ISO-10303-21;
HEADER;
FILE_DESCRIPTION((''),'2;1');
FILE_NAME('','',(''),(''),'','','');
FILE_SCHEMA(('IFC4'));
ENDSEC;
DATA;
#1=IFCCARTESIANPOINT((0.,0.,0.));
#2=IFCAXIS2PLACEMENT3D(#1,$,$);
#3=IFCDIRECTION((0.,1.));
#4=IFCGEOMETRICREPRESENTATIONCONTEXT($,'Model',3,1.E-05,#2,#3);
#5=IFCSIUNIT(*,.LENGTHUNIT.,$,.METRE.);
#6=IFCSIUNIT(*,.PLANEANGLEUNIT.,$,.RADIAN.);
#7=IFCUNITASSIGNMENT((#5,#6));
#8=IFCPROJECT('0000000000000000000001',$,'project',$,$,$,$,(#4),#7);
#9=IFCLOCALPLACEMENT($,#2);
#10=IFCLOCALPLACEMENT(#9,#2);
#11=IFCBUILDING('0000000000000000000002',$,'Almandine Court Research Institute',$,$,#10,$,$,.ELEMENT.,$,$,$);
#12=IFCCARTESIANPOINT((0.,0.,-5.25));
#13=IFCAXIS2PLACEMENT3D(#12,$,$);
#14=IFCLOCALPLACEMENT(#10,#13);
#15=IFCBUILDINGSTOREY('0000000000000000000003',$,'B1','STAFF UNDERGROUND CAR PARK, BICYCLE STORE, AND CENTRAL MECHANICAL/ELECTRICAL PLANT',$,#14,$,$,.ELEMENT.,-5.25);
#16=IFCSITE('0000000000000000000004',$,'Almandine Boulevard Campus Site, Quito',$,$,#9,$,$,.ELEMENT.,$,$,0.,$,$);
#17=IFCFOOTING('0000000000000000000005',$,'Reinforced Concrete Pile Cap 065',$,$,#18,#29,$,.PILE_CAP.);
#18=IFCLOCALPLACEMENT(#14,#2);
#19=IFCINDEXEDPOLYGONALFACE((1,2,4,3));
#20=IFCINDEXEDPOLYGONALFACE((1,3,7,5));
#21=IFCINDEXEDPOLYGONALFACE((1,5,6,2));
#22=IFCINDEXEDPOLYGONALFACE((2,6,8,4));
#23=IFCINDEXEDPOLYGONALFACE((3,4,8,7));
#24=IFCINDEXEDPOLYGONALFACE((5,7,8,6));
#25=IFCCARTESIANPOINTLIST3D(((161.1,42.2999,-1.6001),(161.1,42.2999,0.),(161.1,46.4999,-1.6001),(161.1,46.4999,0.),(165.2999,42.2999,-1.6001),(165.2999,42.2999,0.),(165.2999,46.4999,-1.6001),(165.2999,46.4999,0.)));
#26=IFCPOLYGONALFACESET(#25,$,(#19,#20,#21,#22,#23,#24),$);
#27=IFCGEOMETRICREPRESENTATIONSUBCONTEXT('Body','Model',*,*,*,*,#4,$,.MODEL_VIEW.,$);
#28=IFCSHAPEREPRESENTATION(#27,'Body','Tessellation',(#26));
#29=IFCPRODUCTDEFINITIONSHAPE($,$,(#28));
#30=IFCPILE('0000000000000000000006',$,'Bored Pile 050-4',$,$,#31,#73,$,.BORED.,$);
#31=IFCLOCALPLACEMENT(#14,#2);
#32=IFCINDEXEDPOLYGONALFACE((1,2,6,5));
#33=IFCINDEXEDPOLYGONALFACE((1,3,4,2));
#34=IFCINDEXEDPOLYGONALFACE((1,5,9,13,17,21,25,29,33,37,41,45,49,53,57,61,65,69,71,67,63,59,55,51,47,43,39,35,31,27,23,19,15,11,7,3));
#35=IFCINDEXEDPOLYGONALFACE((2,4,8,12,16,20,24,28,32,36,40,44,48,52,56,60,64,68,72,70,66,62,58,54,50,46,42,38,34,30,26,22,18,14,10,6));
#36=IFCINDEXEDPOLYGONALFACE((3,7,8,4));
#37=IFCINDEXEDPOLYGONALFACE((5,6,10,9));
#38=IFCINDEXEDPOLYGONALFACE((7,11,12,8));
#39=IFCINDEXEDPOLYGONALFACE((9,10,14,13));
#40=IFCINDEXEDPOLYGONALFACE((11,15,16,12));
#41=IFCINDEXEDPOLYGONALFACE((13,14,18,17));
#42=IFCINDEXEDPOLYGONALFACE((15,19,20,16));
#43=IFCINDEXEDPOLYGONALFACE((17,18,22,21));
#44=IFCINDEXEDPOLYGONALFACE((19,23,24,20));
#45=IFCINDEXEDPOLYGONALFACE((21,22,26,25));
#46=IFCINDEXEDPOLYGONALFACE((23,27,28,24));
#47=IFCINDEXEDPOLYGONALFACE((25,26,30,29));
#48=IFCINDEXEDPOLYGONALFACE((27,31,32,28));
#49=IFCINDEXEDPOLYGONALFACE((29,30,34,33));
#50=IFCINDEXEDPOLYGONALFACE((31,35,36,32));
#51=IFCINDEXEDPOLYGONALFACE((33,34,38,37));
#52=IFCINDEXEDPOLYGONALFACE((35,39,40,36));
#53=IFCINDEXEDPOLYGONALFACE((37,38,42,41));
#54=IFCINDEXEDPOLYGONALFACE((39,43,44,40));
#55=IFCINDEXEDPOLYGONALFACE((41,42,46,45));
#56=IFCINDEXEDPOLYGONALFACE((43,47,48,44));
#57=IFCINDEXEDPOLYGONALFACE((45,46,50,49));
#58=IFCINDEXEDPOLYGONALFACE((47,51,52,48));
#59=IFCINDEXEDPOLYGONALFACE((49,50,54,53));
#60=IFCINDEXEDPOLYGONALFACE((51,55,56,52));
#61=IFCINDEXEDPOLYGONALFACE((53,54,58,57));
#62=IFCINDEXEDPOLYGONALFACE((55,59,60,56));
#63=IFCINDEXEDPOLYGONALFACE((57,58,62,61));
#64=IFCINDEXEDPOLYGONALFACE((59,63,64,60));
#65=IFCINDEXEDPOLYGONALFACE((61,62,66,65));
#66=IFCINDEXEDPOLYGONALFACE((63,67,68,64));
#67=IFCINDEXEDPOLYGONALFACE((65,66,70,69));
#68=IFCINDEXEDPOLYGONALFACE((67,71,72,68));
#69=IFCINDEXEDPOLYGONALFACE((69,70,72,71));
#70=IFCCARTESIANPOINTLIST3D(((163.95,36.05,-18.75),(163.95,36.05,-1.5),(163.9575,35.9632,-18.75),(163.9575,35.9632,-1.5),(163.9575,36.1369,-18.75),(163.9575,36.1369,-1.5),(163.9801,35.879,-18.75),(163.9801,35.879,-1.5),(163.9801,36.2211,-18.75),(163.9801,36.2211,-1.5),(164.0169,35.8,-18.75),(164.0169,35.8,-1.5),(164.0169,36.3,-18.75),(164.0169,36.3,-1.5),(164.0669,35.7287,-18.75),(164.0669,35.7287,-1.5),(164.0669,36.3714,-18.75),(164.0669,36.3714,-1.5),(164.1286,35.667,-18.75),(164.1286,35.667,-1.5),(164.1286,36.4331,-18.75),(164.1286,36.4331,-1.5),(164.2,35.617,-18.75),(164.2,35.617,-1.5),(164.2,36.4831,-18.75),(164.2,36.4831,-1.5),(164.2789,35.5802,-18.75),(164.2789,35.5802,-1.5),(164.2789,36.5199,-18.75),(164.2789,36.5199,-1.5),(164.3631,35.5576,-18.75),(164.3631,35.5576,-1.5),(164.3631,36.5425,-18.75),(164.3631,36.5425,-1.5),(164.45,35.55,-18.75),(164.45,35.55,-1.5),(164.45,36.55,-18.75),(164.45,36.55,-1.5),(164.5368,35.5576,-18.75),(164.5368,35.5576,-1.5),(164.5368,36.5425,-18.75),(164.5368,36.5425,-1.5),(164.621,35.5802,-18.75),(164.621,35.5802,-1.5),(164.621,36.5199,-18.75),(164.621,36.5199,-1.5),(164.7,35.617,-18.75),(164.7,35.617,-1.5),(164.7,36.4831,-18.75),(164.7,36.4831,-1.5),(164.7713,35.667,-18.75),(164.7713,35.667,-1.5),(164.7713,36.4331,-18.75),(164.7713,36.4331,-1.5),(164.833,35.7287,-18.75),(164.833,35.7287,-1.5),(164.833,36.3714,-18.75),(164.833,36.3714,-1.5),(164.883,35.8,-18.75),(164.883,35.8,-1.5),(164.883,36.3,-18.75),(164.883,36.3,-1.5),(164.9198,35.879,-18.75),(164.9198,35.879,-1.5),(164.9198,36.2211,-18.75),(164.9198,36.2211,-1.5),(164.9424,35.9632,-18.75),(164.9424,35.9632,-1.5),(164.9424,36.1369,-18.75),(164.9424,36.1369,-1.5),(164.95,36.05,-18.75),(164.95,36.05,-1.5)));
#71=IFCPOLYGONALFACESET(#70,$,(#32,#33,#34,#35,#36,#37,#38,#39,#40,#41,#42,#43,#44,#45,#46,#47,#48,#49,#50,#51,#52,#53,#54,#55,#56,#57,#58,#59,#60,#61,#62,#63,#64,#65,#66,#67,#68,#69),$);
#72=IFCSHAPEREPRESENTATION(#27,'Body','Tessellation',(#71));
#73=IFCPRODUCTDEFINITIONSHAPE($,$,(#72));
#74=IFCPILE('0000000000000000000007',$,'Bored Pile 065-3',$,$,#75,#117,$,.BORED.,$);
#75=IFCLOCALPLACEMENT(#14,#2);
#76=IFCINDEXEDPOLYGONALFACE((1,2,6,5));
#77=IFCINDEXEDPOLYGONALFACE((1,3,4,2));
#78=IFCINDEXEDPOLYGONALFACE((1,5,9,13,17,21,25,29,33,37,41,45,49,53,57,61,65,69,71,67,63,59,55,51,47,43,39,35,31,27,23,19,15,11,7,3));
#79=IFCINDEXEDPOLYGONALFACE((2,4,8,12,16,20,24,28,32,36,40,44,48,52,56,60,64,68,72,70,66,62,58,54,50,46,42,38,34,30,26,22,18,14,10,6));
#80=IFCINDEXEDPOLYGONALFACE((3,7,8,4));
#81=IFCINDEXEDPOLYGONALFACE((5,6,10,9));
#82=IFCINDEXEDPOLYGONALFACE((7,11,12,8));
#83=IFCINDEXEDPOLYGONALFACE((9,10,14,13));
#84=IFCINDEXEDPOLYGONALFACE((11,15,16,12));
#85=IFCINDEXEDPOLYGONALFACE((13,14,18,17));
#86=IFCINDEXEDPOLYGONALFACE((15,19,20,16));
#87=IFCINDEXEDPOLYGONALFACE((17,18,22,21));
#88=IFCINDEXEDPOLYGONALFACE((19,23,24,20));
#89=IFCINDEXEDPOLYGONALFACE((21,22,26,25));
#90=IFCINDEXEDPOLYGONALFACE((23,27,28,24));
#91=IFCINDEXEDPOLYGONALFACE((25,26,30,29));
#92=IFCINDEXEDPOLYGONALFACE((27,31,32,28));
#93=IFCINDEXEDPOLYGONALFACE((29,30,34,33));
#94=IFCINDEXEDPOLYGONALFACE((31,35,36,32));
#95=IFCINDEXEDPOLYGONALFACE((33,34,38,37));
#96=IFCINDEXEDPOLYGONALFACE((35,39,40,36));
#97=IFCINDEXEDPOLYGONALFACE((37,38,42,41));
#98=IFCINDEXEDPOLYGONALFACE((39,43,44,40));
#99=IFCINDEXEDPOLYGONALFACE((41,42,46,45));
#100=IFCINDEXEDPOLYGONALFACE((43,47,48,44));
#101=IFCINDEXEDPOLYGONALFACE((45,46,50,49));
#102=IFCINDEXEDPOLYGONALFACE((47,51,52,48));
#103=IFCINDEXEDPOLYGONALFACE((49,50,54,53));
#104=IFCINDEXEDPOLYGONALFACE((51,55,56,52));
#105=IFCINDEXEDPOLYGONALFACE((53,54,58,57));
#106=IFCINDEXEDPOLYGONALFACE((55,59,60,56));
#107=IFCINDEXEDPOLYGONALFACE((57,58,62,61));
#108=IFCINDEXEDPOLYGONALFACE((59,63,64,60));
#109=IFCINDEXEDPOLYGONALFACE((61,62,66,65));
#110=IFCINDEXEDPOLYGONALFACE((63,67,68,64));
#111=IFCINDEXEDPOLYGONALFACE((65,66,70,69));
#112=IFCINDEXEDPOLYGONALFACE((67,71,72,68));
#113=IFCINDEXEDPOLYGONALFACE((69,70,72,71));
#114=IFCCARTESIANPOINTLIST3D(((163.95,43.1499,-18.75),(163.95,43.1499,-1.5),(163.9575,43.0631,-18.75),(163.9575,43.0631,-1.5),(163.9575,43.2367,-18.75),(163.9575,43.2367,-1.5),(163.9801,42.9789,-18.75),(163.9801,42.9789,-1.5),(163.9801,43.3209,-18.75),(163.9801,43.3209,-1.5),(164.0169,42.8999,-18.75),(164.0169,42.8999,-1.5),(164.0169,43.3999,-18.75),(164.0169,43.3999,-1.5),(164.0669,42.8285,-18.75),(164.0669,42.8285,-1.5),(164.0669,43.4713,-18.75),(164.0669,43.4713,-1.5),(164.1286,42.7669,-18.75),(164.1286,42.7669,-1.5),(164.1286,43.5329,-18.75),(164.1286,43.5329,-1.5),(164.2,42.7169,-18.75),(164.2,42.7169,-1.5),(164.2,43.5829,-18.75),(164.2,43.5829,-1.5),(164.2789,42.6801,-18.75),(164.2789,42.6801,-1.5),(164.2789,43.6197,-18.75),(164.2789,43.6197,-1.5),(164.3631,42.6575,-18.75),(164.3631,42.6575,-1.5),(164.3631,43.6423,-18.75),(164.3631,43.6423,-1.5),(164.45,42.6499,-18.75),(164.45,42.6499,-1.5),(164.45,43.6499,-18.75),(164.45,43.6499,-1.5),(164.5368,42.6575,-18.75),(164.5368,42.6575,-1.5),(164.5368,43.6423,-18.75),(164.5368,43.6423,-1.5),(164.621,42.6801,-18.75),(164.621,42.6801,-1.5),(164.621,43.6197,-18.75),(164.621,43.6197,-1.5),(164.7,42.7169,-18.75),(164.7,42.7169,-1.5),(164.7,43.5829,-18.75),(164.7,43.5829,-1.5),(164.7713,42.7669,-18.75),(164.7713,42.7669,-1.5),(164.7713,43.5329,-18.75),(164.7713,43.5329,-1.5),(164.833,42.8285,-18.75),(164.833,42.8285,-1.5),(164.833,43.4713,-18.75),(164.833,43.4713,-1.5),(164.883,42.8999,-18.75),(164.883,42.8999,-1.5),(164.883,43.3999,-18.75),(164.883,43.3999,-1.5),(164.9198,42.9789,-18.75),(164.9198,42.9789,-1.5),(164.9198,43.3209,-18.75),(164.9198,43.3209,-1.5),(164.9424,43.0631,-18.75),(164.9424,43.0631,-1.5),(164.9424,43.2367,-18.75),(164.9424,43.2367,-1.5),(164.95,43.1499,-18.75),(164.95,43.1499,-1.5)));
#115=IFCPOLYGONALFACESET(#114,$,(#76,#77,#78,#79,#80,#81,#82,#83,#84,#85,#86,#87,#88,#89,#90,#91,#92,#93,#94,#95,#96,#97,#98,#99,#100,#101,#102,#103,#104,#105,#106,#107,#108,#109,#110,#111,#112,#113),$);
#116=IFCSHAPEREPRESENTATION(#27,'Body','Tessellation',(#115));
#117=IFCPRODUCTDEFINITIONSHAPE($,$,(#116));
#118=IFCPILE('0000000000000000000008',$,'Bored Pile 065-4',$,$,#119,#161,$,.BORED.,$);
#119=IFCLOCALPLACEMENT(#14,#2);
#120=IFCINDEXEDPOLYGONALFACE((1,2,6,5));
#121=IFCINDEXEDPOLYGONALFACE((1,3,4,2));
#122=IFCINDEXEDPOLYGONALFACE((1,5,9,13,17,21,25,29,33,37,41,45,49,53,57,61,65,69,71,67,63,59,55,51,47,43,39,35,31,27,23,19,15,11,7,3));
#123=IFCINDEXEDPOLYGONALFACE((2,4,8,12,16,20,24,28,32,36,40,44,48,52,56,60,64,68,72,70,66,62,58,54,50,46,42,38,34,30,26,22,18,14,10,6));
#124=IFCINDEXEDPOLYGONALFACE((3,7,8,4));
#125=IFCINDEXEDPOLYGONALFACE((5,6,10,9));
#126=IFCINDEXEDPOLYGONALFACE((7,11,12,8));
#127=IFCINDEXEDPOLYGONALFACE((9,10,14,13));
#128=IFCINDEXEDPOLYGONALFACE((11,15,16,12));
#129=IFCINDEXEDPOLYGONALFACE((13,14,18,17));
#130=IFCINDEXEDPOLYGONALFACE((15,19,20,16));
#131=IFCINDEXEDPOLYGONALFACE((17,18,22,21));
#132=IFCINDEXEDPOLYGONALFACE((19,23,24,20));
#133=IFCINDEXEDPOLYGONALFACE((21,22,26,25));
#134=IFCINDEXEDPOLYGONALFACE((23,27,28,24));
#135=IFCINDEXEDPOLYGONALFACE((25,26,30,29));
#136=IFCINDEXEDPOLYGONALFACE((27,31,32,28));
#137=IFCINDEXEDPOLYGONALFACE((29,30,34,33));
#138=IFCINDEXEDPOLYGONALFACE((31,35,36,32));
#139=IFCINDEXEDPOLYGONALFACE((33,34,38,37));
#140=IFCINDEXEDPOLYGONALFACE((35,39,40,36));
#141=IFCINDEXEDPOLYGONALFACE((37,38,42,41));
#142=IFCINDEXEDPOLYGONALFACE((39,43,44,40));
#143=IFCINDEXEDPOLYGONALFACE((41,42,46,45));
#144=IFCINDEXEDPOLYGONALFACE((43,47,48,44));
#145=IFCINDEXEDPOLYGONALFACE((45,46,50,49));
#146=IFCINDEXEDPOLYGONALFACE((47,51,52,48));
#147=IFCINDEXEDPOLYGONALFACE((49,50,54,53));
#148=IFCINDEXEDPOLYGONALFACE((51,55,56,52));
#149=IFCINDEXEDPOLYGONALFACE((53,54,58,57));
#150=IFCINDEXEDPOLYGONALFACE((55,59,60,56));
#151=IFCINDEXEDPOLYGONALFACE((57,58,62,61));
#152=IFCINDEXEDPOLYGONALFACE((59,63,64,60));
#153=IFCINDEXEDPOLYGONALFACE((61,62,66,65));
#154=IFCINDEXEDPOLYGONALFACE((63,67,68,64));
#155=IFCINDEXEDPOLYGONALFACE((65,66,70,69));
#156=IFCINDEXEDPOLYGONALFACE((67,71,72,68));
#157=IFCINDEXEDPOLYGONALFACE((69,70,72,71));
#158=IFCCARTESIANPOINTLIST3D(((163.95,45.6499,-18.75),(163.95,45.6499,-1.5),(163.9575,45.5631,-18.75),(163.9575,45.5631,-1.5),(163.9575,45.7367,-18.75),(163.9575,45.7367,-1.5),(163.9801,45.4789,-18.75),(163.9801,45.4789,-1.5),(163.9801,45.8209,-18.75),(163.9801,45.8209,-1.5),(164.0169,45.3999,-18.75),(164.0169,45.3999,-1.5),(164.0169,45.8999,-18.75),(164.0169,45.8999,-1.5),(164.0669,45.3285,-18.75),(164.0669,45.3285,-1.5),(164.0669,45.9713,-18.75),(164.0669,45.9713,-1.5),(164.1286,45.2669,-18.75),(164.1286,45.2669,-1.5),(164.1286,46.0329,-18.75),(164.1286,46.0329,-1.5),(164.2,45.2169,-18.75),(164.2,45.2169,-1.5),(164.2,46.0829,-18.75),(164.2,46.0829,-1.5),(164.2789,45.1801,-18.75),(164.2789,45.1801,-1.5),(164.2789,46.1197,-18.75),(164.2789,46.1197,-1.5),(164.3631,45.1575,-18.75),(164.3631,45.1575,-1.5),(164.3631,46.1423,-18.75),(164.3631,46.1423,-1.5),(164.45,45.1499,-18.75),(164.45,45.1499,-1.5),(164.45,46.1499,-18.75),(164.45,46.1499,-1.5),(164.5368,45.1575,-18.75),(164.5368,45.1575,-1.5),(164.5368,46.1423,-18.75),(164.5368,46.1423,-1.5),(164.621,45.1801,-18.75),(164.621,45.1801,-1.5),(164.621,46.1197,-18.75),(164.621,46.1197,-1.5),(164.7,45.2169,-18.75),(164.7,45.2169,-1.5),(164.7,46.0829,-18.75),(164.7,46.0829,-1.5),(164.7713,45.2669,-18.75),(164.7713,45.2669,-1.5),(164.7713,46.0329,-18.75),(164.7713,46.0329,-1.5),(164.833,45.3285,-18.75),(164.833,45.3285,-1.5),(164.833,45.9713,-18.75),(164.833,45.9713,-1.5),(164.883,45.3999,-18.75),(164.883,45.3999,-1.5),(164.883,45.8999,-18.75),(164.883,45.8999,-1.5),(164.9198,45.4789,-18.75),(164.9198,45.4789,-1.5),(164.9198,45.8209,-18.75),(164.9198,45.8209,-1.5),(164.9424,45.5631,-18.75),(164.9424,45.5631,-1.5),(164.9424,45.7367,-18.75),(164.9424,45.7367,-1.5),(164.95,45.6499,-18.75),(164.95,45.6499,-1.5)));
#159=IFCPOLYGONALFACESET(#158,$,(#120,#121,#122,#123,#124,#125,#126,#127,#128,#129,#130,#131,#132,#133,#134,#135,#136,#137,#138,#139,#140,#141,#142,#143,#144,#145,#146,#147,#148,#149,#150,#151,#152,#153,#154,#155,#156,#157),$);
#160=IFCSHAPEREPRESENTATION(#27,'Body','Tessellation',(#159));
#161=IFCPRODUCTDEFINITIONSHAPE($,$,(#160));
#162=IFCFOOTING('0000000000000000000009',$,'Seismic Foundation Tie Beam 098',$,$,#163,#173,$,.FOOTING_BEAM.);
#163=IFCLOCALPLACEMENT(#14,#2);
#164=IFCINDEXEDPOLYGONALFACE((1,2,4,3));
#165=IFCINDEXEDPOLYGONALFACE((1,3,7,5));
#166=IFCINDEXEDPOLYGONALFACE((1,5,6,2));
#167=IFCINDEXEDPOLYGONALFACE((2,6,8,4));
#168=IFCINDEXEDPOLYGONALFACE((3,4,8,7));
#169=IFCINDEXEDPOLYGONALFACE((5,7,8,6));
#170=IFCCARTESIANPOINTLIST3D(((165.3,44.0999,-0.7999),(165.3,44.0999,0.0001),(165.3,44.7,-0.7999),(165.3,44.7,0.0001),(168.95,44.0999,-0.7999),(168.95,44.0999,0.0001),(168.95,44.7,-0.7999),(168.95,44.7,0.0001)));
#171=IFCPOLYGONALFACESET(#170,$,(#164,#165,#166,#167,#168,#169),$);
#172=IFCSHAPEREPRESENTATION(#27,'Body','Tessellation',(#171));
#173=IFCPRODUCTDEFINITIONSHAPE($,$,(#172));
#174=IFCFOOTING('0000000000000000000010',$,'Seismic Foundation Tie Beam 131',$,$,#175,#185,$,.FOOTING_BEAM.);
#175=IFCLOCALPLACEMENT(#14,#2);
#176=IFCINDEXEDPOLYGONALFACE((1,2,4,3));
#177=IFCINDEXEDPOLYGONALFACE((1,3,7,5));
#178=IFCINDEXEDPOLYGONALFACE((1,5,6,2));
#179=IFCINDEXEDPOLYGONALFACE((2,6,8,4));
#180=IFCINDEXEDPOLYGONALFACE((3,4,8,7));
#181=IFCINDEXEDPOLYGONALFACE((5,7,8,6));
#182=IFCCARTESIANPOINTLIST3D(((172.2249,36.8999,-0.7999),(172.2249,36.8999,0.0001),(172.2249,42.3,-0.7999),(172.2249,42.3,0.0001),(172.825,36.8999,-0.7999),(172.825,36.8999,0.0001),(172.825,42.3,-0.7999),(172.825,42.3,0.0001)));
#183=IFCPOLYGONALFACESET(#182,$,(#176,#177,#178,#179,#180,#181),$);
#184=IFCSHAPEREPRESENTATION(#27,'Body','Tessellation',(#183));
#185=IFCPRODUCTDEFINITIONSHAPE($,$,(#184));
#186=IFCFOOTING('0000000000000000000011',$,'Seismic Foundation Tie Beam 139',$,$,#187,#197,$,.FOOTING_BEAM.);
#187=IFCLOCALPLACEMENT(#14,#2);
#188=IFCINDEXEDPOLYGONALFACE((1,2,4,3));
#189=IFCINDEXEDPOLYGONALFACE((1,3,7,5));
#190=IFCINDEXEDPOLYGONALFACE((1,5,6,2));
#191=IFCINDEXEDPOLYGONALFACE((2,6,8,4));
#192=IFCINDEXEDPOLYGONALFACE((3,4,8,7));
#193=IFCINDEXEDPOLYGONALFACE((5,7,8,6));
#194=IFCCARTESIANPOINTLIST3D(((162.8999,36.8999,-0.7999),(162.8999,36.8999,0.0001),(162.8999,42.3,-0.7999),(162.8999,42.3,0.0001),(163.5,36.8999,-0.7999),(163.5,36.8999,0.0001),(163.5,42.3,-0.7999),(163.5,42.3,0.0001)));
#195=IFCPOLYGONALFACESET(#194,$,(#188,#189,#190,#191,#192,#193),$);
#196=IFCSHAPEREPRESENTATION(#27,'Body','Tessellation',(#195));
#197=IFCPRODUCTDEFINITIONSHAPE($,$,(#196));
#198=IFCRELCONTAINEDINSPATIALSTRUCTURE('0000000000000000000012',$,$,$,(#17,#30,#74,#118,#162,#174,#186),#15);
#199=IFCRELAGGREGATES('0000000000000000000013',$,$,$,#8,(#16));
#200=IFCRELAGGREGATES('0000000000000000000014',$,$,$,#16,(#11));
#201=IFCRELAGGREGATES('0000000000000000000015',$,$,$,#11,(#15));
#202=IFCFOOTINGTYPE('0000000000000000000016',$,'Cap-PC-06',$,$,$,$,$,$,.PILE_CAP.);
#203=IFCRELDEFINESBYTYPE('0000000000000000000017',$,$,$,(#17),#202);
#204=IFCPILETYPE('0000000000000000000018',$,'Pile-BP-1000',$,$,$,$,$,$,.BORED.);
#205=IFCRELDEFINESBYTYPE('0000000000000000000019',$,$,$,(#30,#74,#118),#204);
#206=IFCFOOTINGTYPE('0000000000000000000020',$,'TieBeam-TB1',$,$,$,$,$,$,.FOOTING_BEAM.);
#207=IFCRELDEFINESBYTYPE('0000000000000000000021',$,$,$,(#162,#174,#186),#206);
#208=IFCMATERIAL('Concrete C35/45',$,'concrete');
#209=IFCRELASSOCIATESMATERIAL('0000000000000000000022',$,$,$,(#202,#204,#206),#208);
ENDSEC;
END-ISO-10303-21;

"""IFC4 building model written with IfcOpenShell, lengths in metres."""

from ifc_helpers import new_model, si_unit, direction, frame, origin, origin_2d, place, context, subcontext, project, spatial, rectangle, circle, extrude, material, material_profile, profile_set, type_object, element, save


model = new_model("IFC4")

# Units and contexts
model_context = context("Model", 3, precision=1e-05, world=origin(), true_north=direction((0.0, 1.0)))
body_context = subcontext(model_context, "Body", "Model", "MODEL_VIEW")
ifc_project = project(units=[si_unit("LENGTHUNIT", "METRE"), si_unit("PLANEANGLEUNIT", "RADIAN")], contexts=[model_context])

# Site, building, storey
site_placement = place(None, origin())
site = spatial("IfcSite", under=ifc_project, at=site_placement, Name="Almandine Boulevard Campus Site, Quito", CompositionType="ELEMENT", RefElevation=0.0)
building_placement = place(site_placement, origin())
building = spatial("IfcBuilding", under=site, at=building_placement, Name="Almandine Court Research Institute", CompositionType="ELEMENT")
storey_placement = place(building_placement, frame((0.0, 0.0, -5.25)))
storey = spatial("IfcBuildingStorey", under=building, at=storey_placement, Name="B1", Description="STAFF UNDERGROUND CAR PARK, BICYCLE STORE, AND CENTRAL MECHANICAL/ELECTRICAL PLANT", CompositionType="ELEMENT", Elevation=-5.25)

# Footing
ifc_material_1 = material(Name="Concrete C35/45", Category="concrete")
footing_type_1 = type_object("IfcFootingType", Name="Cap-PC-06", PredefinedType="PILE_CAP", material=ifc_material_1)
footing_1_placement = place(storey_placement, frame((163.2, 44.3999, -1.6001), z_axis=(0.0, 0.0, 1.0), x_axis=(1.0, 0.0, 0.0)))
element("IfcFooting", 1, at=footing_1_placement, inside=storey, type_object=footing_type_1, Name="Reinforced Concrete Pile Cap 065", PredefinedType="PILE_CAP", context=body_context, shape_type="SweptSolid", body=[
    extrude(rectangle(XDim=4.2, YDim=4.2, at=origin_2d()), origin(), (0.0, 0.0, 1.0), 1.6001),
])

# Piles
ifc_material_profile_1 = material_profile(ifc_material_1, circle(Radius=0.5, at=origin_2d()), Name="BORED PILE D1000")
ifc_profile_set_1 = profile_set([ifc_material_profile_1], Name="Concrete C35/45")
pile_type = type_object("IfcPileType", Name="Pile-BP-1000", PredefinedType="BORED", material=ifc_profile_set_1)
for number, where, z_axis, x_axis, name in (
    (2, (164.45, 36.05, -1.5), (0.0, 0.0, -1.0), (1.0, 0.0, 0.0), "Bored Pile 050-4"),
    (3, (164.45, 43.1499, -1.5), (0.0, 0.0, -1.0), (1.0, 0.0, 0.0), "Bored Pile 065-3"),
    (4, (164.45, 45.6499, -1.5), (0.0, 0.0, -1.0), (1.0, 0.0, 0.0), "Bored Pile 065-4"),
):
    element("IfcPile", number, at=place(storey_placement, frame(where, z_axis=z_axis, x_axis=x_axis)), inside=storey, type_object=pile_type, Name=name, PredefinedType="BORED", context=body_context, shape_type="SweptSolid", body=[
        extrude(circle(Radius=0.5, at=origin_2d()), origin(), (0.0, 0.0, 1.0), 17.25),
    ])

# Footings
ifc_material_profile_2 = material_profile(ifc_material_1, rectangle(XDim=0.6001, YDim=0.8, at=origin_2d()), Name="RC TIE 600x800")
ifc_profile_set_2 = profile_set([ifc_material_profile_2], Name="Concrete C35/45")
footing_type_2 = type_object("IfcFootingType", Name="TieBeam-TB1", PredefinedType="FOOTING_BEAM", material=ifc_profile_set_2)
footing_2_placement = place(storey_placement, frame((165.3, 44.3999, -0.3999), z_axis=(1.0, 0.0, 0.0), x_axis=(0.0, 1.0, 0.0)))
element("IfcFooting", 5, at=footing_2_placement, inside=storey, type_object=footing_type_2, Name="Seismic Foundation Tie Beam 098", PredefinedType="FOOTING_BEAM", context=body_context, shape_type="SweptSolid", body=[
    extrude(rectangle(XDim=0.6001, YDim=0.8, at=origin_2d()), origin(), (0.0, 0.0, 1.0), 3.6499),
])
for number, where, z_axis, x_axis, name in (
    (6, (172.5249, 36.8999, -0.3999), (0.0, 1.0, 0.0), (-1.0, 0.0, 0.0), "Seismic Foundation Tie Beam 131"),
    (7, (163.2, 36.8999, -0.3999), (0.0, 1.0, 0.0), (-1.0, 0.0, 0.0), "Seismic Foundation Tie Beam 139"),
):
    element("IfcFooting", number, at=place(storey_placement, frame(where, z_axis=z_axis, x_axis=x_axis)), inside=storey, type_object=footing_type_2, Name=name, PredefinedType="FOOTING_BEAM", context=body_context, shape_type="SweptSolid", body=[
        extrude(rectangle(XDim=0.6001, YDim=0.8, at=origin_2d()), origin(), (0.0, 0.0, 1.0), 5.4001),
    ])

save(model, "model.ifc")
